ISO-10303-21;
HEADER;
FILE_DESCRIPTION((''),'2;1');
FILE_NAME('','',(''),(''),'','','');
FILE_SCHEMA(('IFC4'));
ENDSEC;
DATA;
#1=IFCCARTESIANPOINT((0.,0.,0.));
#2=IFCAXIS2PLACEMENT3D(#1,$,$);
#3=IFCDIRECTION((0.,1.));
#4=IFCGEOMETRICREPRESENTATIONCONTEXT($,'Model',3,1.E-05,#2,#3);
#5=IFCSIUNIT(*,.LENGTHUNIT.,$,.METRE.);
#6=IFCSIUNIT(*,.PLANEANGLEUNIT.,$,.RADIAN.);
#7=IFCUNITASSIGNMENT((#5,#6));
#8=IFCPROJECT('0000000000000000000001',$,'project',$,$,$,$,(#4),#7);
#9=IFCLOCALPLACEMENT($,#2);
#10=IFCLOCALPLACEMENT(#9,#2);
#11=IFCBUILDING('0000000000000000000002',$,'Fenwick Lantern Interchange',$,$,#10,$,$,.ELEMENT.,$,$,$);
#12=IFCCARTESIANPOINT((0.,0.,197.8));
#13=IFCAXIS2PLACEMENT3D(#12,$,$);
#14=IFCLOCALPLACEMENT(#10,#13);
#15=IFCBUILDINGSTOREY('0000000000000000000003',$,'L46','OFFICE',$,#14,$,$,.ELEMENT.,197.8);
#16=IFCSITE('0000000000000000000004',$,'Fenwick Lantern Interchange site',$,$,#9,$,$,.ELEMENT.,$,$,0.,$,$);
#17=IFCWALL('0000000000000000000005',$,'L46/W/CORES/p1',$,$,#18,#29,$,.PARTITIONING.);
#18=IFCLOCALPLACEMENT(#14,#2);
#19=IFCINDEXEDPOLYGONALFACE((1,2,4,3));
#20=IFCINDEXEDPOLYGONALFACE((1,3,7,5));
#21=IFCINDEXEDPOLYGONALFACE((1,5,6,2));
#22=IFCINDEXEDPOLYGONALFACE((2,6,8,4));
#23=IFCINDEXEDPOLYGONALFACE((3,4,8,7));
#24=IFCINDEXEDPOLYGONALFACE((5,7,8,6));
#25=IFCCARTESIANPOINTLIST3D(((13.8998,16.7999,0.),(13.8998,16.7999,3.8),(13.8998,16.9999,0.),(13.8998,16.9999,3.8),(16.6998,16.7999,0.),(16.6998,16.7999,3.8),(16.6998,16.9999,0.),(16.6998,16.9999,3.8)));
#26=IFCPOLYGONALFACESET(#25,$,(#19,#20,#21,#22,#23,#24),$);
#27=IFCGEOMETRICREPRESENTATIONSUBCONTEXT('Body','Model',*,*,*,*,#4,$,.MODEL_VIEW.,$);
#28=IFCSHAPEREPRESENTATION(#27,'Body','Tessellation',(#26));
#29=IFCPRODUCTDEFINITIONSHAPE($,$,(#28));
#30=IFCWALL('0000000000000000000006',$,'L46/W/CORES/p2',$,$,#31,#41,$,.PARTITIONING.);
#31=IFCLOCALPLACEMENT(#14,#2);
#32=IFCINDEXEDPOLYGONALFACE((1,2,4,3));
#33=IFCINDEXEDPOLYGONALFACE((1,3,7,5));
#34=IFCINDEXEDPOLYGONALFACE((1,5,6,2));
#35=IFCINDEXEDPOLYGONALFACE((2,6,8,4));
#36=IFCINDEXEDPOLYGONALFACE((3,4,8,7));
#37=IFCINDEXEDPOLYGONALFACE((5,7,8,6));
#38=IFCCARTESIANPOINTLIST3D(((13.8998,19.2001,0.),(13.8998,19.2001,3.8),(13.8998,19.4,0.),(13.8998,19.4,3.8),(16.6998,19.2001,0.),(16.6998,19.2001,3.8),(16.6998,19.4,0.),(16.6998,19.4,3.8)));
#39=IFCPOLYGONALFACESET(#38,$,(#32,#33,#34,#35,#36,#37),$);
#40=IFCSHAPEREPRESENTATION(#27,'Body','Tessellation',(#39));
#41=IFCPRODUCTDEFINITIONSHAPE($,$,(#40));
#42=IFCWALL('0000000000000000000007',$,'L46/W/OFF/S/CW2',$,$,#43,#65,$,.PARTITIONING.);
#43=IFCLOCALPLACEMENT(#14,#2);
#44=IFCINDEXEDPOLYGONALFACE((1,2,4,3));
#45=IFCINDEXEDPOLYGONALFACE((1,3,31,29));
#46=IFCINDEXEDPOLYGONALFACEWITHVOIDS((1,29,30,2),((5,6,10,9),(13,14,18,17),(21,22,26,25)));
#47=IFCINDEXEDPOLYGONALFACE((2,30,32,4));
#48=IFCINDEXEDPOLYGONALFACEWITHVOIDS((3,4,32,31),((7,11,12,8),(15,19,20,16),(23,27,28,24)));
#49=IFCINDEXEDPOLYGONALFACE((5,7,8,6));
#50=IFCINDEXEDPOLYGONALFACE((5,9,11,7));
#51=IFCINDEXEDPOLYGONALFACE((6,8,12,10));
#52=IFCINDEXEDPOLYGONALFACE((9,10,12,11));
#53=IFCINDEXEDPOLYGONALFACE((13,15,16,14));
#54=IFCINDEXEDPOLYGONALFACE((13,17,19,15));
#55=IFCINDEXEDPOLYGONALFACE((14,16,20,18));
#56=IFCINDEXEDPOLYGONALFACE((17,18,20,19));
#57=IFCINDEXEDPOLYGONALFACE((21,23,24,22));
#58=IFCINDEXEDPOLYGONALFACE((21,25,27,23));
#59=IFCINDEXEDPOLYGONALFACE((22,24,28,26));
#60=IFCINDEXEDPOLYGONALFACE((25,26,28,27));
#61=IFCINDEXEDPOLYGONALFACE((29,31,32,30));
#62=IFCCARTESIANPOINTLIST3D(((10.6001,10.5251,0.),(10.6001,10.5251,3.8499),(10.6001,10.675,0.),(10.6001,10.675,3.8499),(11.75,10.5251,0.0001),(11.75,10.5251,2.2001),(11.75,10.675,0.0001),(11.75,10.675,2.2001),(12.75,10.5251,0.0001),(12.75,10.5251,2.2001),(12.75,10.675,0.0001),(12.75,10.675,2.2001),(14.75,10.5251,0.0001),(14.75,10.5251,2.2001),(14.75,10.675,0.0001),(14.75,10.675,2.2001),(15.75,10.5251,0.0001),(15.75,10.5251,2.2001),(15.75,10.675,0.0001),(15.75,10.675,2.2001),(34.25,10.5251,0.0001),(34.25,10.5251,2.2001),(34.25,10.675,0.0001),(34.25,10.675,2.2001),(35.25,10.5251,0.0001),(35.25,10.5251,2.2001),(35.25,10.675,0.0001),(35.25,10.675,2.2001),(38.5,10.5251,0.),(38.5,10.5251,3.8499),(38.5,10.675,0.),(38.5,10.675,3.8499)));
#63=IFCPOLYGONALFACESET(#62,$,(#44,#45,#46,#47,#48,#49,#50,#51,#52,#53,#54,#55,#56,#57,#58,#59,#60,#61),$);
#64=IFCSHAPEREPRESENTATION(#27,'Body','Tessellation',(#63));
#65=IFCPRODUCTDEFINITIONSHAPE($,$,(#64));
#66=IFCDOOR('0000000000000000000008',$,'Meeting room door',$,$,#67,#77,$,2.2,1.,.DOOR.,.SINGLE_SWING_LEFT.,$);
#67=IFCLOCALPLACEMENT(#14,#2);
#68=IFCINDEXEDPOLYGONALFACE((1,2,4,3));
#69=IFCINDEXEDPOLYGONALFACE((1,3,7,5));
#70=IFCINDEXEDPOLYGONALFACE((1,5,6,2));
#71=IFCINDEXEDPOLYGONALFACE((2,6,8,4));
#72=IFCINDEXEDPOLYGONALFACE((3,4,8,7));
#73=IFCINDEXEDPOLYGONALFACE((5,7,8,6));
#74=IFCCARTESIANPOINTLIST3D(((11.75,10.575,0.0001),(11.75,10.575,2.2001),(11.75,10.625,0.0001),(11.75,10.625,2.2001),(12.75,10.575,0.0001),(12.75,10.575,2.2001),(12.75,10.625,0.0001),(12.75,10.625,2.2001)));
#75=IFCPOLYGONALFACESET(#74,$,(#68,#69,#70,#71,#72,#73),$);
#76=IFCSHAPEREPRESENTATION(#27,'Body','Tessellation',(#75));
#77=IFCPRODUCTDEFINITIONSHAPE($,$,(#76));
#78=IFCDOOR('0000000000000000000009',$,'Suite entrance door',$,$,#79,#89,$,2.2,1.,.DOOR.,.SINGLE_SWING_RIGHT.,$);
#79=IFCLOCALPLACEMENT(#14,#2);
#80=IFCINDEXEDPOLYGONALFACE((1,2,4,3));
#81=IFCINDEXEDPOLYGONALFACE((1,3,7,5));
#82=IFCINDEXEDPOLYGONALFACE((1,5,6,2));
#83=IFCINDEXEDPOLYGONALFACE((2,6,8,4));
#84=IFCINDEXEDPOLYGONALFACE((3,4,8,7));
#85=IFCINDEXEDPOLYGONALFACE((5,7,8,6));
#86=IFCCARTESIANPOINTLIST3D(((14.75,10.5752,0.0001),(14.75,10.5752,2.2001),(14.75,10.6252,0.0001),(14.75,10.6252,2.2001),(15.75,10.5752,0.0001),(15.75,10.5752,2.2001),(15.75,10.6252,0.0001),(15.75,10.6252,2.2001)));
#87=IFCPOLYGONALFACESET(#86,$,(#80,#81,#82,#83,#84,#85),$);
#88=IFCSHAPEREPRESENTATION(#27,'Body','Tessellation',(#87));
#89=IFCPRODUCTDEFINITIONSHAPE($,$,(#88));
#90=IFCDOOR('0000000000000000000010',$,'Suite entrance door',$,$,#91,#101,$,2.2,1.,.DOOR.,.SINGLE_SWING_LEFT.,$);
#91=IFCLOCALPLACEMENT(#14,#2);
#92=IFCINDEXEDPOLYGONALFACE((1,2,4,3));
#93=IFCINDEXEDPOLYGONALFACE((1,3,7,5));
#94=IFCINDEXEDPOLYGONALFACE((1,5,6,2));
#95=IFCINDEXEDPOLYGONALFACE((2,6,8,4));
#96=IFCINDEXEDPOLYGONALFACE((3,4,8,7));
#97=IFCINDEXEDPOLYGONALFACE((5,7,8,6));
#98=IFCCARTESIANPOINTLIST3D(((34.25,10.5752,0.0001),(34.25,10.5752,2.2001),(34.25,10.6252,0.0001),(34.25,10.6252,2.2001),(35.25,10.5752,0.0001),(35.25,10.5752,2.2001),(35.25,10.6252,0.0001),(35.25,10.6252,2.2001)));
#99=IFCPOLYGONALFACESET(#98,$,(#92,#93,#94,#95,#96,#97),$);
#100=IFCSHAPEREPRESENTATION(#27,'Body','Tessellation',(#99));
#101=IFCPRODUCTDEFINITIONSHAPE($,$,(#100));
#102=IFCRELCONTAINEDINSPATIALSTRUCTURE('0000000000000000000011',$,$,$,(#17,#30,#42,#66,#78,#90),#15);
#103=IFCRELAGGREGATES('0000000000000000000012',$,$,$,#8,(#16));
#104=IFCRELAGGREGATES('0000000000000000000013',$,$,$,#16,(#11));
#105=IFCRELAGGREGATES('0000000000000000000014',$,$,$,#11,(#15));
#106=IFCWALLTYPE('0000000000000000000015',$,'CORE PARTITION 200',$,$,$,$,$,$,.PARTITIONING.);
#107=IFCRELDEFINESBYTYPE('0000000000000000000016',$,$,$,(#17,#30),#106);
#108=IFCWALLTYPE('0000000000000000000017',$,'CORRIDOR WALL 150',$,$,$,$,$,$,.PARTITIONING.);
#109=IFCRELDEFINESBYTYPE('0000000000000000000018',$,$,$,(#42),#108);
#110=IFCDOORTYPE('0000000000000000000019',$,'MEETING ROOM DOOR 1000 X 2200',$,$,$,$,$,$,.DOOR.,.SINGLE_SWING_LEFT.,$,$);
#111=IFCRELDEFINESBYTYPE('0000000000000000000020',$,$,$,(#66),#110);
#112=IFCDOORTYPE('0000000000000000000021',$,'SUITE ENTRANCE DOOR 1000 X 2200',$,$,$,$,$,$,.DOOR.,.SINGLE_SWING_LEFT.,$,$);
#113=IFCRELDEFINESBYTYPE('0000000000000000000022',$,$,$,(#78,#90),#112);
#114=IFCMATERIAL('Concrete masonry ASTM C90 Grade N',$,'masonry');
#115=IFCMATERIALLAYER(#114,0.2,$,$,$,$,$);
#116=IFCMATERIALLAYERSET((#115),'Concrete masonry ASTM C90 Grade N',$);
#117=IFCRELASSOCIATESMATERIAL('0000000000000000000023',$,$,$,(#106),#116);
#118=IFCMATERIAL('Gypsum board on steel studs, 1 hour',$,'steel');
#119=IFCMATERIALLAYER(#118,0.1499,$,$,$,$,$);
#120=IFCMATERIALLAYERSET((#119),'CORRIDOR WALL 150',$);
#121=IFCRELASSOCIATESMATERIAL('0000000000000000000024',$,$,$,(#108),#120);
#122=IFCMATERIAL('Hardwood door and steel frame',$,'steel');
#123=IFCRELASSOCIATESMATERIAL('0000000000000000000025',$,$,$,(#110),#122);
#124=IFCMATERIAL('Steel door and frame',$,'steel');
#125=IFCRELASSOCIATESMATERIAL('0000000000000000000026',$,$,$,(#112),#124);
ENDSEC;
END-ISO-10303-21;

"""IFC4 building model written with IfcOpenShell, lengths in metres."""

from ifc_helpers import new_model, si_unit, direction, frame, frame_2d, origin, place, context, subcontext, project, spatial, rectangle, extrude, material, layer, layer_set, type_object, element, fill, save


model = new_model("IFC4")

# Units and contexts
model_context = context("Model", 3, precision=1e-05, world=origin(), true_north=direction((0.0, 1.0)))
body_context = subcontext(model_context, "Body", "Model", "MODEL_VIEW")
ifc_project = project(units=[si_unit("LENGTHUNIT", "METRE"), si_unit("PLANEANGLEUNIT", "RADIAN")], contexts=[model_context])

# Site, building, storey
site_placement = place(None, origin())
site = spatial("IfcSite", under=ifc_project, at=site_placement, Name="Fenwick Lantern Interchange site", CompositionType="ELEMENT", RefElevation=0.0)
building_placement = place(site_placement, origin())
building = spatial("IfcBuilding", under=site, at=building_placement, Name="Fenwick Lantern Interchange", CompositionType="ELEMENT")
storey_placement = place(building_placement, frame((0.0, 0.0, 197.8)))
storey = spatial("IfcBuildingStorey", under=building, at=storey_placement, Name="L46", Description="OFFICE", CompositionType="ELEMENT", Elevation=197.8)

# Walls
ifc_material_1 = material(Name="Concrete masonry ASTM C90 Grade N", Category="masonry")
ifc_layer_1 = layer(ifc_material_1, 0.2)
ifc_layer_set_1 = layer_set([ifc_layer_1], Name="Concrete masonry ASTM C90 Grade N")
wall_type_1 = type_object("IfcWallType", Name="CORE PARTITION 200", PredefinedType="PARTITIONING", material=ifc_layer_set_1)
for number, where, z_axis, x_axis, name in (
    (1, (13.8999, 16.8999, 0.0), (0.0, 0.0, 1.0), (1.0, 0.0, 0.0), "L46/W/CORES/p1"),
    (2, (13.8999, 19.3, 0.0), (0.0, 0.0, 1.0), (1.0, 0.0, 0.0), "L46/W/CORES/p2"),
):
    element("IfcWall", number, at=place(storey_placement, frame(where, z_axis=z_axis, x_axis=x_axis)), inside=storey, type_object=wall_type_1, Name=name, PredefinedType="PARTITIONING", context=body_context, shape_type="SweptSolid", body=[
        extrude(rectangle(XDim=2.8, YDim=0.2, at=frame_2d((1.3999, 0.0))), origin(), (0.0, 0.0, 1.0), 3.8),
    ])

# Wall, openings, doors
ifc_material_2 = material(Name="Steel door and frame", Category="steel")
ifc_material_3 = material(Name="Hardwood door and steel frame", Category="steel")
ifc_material_4 = material(Name="Gypsum board on steel studs, 1 hour", Category="steel")
ifc_layer_2 = layer(ifc_material_4, 0.1499)
ifc_layer_set_2 = layer_set([ifc_layer_2], Name="CORRIDOR WALL 150")
wall_type_2 = type_object("IfcWallType", Name="CORRIDOR WALL 150", PredefinedType="PARTITIONING", material=ifc_layer_set_2)
wall_1_placement = place(storey_placement, frame((10.6001, 10.6001, 0.0), z_axis=(0.0, 0.0, 1.0), x_axis=(1.0, 0.0, 0.0)))
wall_1 = element("IfcWall", 3, at=wall_1_placement, inside=storey, type_object=wall_type_2, Name="L46/W/OFF/S/CW2", PredefinedType="PARTITIONING", context=body_context, shape_type="SweptSolid", body=[
    extrude(rectangle(XDim=27.8999, YDim=0.1499, at=frame_2d((13.95, 0.0))), origin(), (0.0, 0.0, 1.0), 3.8499),
])
opening_1_placement = place(wall_1_placement, frame((4.1499, 0.0, 0.0)))
opening_1 = element("IfcOpeningElement", 4, at=opening_1_placement, cuts=wall_1, PredefinedType="OPENING", context=body_context, shape_type="SweptSolid", body=[
    extrude(rectangle(XDim=1.0, YDim=2.2, at=frame_2d((0.5, 1.1001))), frame((0.0, 0.085, 0.0), z_axis=(0.0, -1.0, 0.0), x_axis=(1.0, 0.0, 0.0)), (0.0, 0.0, 1.0), 0.1699),
])
opening_2_placement = place(wall_1_placement, frame((23.6499, 0.0, 0.0)))
opening_2 = element("IfcOpeningElement", 5, at=opening_2_placement, cuts=wall_1, PredefinedType="OPENING", context=body_context, shape_type="SweptSolid", body=[
    extrude(rectangle(XDim=1.0, YDim=2.2, at=frame_2d((0.5, 1.1001))), frame((0.0, 0.085, 0.0), z_axis=(0.0, -1.0, 0.0), x_axis=(1.0, 0.0, 0.0)), (0.0, 0.0, 1.0), 0.1699),
])
opening_3_placement = place(wall_1_placement, frame((1.1499, 0.0, 0.0)))
opening_3 = element("IfcOpeningElement", 6, at=opening_3_placement, cuts=wall_1, PredefinedType="OPENING", context=body_context, shape_type="SweptSolid", body=[
    extrude(rectangle(XDim=1.0, YDim=2.2, at=frame_2d((0.5, 1.1001))), frame((0.0, 0.085, 0.0), z_axis=(0.0, -1.0, 0.0), x_axis=(1.0, 0.0, 0.0)), (0.0, 0.0, 1.0), 0.1699),
])
door_type_1 = type_object("IfcDoorType", Name="MEETING ROOM DOOR 1000 X 2200", OperationType="SINGLE_SWING_LEFT", PredefinedType="DOOR", material=ifc_material_3)
door_1_placement = place(opening_3_placement, origin())
door_1 = element("IfcDoor", 7, at=door_1_placement, inside=storey, type_object=door_type_1, Name="Meeting room door", OperationType="SINGLE_SWING_LEFT", OverallHeight=2.2, OverallWidth=1.0, PredefinedType="DOOR", context=body_context, shape_type="SweptSolid", body=[
    extrude(rectangle(XDim=1.0, YDim=2.2, at=frame_2d((0.5, 1.1001))), frame((0.0, 0.0249, 0.0), z_axis=(0.0, -1.0, 0.0), x_axis=(1.0, 0.0, 0.0)), (0.0, 0.0, 1.0), 0.05),
])
fill(opening_3, door_1)
door_type_2 = type_object("IfcDoorType", Name="SUITE ENTRANCE DOOR 1000 X 2200", OperationType="SINGLE_SWING_LEFT", PredefinedType="DOOR", material=ifc_material_2)
door_2_placement = place(opening_1_placement, frame((1.0, 0.0, 0.0), z_axis=(0.0, 0.0, 1.0), x_axis=(-1.0, 0.0, 0.0)))
door_2 = element("IfcDoor", 8, at=door_2_placement, inside=storey, type_object=door_type_2, Name="Suite entrance door", OperationType="SINGLE_SWING_RIGHT", OverallHeight=2.2, OverallWidth=1.0, PredefinedType="DOOR", context=body_context, shape_type="SweptSolid", body=[
    extrude(rectangle(XDim=1.0, YDim=2.2, at=frame_2d((0.5, 1.1001))), frame((0.0, 0.0249, 0.0), z_axis=(0.0, -1.0, 0.0), x_axis=(1.0, 0.0, 0.0)), (0.0, 0.0, 1.0), 0.05),
])
fill(opening_1, door_2)
door_3_placement = place(opening_2_placement, frame((1.0, 0.0, 0.0), z_axis=(0.0, 0.0, 1.0), x_axis=(-1.0, 0.0, 0.0)))
door_3 = element("IfcDoor", 9, at=door_3_placement, inside=storey, type_object=door_type_2, Name="Suite entrance door", OperationType="SINGLE_SWING_LEFT", OverallHeight=2.2, OverallWidth=1.0, PredefinedType="DOOR", context=body_context, shape_type="SweptSolid", body=[
    extrude(rectangle(XDim=1.0, YDim=2.2, at=frame_2d((0.5, 1.1001))), frame((0.0, 0.0249, 0.0), z_axis=(0.0, -1.0, 0.0), x_axis=(1.0, 0.0, 0.0)), (0.0, 0.0, 1.0), 0.05),
])
fill(opening_2, door_3)

save(model, "model.ifc")
